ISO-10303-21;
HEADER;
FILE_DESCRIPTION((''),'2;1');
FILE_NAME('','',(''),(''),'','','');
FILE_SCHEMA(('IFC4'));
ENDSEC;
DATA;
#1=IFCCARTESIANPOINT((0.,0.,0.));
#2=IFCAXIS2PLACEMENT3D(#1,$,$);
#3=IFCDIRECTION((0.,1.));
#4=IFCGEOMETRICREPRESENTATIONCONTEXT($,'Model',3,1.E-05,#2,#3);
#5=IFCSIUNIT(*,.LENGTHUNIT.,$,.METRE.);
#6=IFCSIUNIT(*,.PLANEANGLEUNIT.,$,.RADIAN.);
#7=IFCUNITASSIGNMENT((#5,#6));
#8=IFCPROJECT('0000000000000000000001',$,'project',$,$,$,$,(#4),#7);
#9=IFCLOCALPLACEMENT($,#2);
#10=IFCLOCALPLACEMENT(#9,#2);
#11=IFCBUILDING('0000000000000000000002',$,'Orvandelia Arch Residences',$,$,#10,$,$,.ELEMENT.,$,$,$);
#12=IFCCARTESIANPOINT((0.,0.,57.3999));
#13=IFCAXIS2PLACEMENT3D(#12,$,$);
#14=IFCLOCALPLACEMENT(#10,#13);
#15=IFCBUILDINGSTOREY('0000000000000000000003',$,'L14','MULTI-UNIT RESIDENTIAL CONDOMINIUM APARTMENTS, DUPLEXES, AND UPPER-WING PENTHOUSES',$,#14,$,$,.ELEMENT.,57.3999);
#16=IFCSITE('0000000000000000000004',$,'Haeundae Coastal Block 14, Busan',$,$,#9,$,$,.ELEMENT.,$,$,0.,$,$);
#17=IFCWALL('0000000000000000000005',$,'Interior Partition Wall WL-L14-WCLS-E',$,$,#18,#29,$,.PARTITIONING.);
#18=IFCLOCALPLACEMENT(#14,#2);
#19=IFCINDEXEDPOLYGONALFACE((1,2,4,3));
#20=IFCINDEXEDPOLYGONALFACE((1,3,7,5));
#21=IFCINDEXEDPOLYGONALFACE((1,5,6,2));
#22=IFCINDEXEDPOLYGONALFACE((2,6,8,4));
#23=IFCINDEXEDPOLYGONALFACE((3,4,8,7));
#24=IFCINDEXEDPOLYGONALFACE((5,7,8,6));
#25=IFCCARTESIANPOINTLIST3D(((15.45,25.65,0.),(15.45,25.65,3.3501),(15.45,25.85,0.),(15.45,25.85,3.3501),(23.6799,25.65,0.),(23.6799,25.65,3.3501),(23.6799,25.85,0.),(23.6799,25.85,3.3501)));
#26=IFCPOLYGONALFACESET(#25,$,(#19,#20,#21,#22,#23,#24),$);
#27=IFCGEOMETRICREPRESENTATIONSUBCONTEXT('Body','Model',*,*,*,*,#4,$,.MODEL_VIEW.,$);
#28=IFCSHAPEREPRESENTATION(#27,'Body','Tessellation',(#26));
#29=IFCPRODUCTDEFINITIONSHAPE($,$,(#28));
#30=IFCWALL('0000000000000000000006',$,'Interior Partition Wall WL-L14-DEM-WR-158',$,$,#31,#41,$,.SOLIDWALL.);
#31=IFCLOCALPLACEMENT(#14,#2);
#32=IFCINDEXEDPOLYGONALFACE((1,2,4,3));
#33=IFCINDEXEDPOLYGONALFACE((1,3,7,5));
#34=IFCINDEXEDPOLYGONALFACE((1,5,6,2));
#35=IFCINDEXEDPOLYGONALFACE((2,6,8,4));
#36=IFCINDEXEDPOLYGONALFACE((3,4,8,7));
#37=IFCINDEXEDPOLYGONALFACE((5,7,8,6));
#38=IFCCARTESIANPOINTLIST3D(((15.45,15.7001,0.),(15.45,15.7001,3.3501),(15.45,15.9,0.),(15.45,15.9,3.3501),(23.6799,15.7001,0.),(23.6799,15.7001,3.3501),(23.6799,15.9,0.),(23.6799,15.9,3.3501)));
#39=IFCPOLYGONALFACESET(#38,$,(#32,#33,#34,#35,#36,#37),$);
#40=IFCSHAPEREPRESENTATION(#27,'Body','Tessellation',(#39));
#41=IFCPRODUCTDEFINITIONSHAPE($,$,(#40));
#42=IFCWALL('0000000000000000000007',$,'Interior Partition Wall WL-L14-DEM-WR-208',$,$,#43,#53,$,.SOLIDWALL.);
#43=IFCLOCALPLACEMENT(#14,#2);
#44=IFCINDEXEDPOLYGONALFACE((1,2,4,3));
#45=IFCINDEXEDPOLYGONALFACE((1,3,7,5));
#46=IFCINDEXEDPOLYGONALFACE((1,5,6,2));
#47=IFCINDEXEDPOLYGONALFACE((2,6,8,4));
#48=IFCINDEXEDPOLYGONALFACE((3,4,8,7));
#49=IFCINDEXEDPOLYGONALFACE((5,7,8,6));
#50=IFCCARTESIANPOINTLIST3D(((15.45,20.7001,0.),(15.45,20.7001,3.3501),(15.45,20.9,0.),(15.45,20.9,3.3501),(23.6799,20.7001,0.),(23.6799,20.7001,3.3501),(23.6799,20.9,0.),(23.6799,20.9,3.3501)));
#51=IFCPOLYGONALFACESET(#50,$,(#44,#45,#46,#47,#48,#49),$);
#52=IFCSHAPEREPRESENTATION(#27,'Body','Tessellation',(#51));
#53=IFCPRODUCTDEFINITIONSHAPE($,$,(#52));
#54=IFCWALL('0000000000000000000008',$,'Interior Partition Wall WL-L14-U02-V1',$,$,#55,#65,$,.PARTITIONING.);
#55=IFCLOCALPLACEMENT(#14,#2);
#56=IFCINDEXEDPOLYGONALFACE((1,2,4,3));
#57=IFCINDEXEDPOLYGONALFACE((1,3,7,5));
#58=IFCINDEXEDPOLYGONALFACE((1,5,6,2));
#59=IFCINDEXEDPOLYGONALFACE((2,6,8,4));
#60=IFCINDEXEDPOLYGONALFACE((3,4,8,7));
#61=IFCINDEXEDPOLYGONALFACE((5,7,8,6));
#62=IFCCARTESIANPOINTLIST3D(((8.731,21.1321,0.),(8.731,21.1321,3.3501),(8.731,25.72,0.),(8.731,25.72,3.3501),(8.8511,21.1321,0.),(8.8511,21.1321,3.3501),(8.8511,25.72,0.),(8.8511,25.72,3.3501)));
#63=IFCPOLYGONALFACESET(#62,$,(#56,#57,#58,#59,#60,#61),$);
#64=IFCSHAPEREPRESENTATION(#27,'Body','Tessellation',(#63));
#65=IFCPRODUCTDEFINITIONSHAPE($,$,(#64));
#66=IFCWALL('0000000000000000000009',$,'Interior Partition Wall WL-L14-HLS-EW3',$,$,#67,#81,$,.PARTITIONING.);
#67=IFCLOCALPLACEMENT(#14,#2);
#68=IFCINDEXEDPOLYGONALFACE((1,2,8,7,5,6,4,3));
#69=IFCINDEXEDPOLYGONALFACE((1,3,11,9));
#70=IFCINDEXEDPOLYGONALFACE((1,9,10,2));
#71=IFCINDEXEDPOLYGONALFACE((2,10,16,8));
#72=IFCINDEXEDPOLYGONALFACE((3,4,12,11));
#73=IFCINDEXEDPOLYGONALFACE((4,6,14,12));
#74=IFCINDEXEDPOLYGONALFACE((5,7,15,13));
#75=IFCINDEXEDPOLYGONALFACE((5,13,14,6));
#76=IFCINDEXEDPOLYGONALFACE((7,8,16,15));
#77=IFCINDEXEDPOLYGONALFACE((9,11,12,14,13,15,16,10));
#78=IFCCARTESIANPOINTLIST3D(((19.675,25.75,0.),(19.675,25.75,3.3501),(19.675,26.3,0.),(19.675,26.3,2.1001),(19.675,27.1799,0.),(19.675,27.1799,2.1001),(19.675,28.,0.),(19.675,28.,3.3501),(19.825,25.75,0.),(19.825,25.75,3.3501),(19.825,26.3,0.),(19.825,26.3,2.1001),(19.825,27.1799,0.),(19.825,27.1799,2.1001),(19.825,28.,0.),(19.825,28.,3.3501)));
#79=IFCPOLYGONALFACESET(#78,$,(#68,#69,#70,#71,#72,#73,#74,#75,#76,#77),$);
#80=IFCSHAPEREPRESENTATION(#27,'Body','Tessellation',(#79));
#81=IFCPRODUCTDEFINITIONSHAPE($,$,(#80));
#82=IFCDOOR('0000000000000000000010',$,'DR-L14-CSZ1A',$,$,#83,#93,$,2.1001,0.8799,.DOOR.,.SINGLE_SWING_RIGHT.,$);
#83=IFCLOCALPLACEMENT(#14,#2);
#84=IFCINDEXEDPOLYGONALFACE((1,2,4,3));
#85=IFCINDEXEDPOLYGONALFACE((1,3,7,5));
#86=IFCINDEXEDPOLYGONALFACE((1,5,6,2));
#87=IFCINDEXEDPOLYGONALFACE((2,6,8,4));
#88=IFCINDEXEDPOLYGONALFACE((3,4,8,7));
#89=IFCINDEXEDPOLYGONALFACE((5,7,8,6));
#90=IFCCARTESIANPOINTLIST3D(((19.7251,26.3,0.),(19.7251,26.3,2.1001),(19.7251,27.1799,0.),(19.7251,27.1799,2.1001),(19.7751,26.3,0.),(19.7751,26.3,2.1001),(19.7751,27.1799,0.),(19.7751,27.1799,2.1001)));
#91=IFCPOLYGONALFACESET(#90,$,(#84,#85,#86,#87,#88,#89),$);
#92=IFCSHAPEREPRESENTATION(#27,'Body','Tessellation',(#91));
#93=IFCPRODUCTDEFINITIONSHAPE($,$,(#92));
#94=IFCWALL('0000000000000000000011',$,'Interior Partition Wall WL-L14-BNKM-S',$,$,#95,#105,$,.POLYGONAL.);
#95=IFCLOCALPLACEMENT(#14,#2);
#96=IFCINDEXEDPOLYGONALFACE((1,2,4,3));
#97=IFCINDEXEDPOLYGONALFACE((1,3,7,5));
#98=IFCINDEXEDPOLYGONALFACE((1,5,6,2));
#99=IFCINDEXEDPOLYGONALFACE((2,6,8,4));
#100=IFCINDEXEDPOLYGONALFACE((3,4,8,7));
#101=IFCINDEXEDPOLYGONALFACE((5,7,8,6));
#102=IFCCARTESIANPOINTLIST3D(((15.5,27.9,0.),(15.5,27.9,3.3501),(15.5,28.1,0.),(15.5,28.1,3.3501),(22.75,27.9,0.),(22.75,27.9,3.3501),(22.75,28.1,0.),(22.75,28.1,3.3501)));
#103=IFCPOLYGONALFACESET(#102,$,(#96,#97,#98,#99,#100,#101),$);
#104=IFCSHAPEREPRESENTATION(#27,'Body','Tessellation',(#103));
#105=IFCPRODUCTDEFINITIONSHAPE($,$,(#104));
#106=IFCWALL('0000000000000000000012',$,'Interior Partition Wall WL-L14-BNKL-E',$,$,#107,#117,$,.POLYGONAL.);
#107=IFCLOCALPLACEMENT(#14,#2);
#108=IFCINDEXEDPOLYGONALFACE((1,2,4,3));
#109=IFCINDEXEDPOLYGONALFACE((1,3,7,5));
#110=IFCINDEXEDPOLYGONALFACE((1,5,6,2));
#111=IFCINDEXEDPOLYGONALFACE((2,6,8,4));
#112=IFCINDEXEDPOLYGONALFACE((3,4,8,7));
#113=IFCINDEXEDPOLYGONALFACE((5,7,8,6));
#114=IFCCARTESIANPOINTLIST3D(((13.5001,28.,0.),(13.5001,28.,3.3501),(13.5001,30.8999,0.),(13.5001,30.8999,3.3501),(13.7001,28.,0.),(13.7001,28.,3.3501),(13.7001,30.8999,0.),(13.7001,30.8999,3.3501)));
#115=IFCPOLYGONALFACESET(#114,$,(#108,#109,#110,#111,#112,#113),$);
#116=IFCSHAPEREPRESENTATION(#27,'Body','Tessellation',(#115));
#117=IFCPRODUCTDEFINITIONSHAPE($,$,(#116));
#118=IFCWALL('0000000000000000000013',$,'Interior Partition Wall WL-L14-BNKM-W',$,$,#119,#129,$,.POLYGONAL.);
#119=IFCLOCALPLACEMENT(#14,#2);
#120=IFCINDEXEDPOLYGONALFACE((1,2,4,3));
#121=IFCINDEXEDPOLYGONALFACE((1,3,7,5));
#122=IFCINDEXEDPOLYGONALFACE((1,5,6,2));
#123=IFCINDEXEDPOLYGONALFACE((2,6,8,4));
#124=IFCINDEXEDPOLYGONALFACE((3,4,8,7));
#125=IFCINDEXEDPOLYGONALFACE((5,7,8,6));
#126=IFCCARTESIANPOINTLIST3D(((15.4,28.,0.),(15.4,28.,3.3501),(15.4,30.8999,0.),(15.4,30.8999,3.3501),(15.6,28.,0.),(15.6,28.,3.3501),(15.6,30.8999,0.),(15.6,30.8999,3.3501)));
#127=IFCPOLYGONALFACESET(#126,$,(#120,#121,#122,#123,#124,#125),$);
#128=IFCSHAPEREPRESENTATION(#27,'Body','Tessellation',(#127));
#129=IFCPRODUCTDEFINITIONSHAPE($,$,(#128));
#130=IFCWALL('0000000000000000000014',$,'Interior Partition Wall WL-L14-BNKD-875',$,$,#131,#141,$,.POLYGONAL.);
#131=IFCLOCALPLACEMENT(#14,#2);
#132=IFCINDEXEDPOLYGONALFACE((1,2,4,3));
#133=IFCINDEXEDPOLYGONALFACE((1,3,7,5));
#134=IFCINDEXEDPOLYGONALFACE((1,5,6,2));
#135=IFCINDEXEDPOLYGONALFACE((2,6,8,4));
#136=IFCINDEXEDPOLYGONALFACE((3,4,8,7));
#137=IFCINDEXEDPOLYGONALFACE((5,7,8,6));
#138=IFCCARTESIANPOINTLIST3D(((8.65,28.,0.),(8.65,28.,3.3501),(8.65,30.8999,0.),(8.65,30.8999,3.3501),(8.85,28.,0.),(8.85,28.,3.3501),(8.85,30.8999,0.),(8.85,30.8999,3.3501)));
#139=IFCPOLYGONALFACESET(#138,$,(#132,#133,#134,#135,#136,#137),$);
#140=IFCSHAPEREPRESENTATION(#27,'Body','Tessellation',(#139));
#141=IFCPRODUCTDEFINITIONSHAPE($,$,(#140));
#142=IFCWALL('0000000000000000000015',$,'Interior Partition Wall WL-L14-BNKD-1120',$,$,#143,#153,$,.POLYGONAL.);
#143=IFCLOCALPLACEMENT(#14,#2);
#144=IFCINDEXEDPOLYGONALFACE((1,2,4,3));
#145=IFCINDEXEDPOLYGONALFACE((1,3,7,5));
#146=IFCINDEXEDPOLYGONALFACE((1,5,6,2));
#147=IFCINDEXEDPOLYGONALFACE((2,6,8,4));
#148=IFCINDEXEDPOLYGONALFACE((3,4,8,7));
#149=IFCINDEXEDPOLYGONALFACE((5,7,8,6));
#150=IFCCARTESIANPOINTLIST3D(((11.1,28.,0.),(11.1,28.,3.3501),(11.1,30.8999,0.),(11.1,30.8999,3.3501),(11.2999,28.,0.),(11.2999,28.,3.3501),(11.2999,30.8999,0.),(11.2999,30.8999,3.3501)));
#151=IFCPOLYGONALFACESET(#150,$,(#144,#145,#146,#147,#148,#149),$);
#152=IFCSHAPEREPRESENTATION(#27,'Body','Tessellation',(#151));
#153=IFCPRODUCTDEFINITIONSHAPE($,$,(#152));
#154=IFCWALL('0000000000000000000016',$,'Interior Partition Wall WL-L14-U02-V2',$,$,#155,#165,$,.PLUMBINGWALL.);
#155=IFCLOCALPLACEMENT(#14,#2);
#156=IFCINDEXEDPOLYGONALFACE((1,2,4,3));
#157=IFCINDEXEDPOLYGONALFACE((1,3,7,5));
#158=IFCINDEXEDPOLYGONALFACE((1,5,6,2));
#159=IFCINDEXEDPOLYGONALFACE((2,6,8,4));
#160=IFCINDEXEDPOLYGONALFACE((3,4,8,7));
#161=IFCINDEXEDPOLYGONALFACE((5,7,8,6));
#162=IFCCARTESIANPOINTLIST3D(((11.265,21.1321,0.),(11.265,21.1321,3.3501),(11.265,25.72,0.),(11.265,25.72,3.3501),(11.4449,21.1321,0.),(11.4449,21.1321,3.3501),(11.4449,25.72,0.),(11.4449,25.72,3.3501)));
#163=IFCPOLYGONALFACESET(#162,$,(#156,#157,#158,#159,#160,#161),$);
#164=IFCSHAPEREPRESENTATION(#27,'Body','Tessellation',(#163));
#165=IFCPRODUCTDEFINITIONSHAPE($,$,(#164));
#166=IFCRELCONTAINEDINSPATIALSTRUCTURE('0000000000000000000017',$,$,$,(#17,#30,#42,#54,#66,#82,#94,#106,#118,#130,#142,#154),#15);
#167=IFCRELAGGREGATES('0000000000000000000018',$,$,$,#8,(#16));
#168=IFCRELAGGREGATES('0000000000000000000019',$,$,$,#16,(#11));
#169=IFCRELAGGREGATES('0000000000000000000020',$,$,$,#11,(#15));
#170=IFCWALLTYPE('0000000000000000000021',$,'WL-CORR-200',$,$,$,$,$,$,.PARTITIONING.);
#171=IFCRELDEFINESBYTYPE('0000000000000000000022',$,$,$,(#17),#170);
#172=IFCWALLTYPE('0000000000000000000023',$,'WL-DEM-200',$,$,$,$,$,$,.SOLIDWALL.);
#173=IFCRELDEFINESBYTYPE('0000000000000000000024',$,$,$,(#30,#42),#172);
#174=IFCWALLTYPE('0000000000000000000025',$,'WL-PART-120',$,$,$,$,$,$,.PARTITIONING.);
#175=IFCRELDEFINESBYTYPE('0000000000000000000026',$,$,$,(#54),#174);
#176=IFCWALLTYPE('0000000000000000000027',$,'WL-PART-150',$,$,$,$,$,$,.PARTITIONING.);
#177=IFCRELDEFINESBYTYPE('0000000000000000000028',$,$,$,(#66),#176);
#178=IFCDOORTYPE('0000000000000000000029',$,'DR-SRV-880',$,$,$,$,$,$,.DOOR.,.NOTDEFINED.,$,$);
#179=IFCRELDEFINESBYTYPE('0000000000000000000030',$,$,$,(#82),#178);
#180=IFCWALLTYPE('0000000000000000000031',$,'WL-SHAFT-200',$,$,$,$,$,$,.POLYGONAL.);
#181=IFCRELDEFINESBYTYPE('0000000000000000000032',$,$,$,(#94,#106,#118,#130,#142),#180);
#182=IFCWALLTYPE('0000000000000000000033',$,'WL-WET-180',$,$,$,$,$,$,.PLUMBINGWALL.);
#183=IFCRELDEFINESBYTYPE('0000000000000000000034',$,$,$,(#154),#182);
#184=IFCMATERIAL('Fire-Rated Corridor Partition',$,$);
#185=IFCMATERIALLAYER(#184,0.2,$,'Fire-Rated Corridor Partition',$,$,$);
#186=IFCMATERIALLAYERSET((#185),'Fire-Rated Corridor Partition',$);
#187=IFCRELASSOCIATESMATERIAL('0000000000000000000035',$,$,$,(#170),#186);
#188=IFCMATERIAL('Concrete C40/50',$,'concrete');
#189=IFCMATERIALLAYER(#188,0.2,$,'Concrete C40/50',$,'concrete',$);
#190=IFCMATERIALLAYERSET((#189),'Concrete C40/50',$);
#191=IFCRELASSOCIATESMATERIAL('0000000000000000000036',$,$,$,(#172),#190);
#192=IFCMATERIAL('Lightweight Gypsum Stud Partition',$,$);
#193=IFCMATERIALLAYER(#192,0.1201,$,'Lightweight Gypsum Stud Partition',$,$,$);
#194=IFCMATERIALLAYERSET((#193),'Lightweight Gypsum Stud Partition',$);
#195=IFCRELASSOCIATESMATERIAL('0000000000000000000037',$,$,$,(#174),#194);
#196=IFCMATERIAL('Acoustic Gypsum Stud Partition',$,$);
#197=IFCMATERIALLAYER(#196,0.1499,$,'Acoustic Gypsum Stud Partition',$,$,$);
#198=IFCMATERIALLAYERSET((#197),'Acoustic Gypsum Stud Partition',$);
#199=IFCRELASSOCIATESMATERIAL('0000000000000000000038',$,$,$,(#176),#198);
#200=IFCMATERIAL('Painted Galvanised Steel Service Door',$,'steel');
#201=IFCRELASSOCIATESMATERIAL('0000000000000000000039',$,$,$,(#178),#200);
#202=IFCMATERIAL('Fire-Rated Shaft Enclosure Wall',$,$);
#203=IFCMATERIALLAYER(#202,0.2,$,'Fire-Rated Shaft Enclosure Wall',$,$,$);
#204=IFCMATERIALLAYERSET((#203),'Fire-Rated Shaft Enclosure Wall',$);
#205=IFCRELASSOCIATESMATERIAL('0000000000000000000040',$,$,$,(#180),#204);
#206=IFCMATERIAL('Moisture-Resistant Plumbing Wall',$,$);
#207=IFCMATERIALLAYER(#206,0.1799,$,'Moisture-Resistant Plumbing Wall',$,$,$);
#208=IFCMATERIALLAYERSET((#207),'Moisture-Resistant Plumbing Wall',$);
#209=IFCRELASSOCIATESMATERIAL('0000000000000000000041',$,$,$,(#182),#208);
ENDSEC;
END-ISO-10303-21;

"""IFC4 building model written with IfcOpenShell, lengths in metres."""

from ifc_helpers import new_model, si_unit, direction, frame, frame_2d, origin, place, context, subcontext, project, spatial, rectangle, extrude, material, layer, layer_set, type_object, element, fill, save


model = new_model("IFC4")

# Units and contexts
model_context = context("Model", 3, precision=1e-05, world=origin(), true_north=direction((0.0, 1.0)))
body_context = subcontext(model_context, "Body", "Model", "MODEL_VIEW")
ifc_project = project(units=[si_unit("LENGTHUNIT", "METRE"), si_unit("PLANEANGLEUNIT", "RADIAN")], contexts=[model_context])

# Site, building, storey
site_placement = place(None, origin())
site = spatial("IfcSite", under=ifc_project, at=site_placement, Name="Haeundae Coastal Block 14, Busan", CompositionType="ELEMENT", RefElevation=0.0)
building_placement = place(site_placement, origin())
building = spatial("IfcBuilding", under=site, at=building_placement, Name="Orvandelia Arch Residences", CompositionType="ELEMENT")
storey_placement = place(building_placement, frame((0.0, 0.0, 57.3999)))
storey = spatial("IfcBuildingStorey", under=building, at=storey_placement, Name="L14", Description="MULTI-UNIT RESIDENTIAL CONDOMINIUM APARTMENTS, DUPLEXES, AND UPPER-WING PENTHOUSES", CompositionType="ELEMENT", Elevation=57.3999)

# Walls
ifc_material_1 = material(Name="Fire-Rated Corridor Partition")
ifc_layer_1 = layer(ifc_material_1, 0.2, Name="Fire-Rated Corridor Partition")
ifc_layer_set_1 = layer_set([ifc_layer_1], Name="Fire-Rated Corridor Partition")
wall_type_1 = type_object("IfcWallType", Name="WL-CORR-200", PredefinedType="PARTITIONING", material=ifc_layer_set_1)
wall_1_placement = place(storey_placement, frame((15.45, 25.75, 0.0), z_axis=(0.0, 0.0, 1.0), x_axis=(1.0, 0.0, 0.0)))
element("IfcWall", 1, at=wall_1_placement, inside=storey, type_object=wall_type_1, Name="Interior Partition Wall WL-L14-WCLS-E", PredefinedType="PARTITIONING", context=body_context, shape_type="SweptSolid", body=[
    extrude(rectangle(XDim=8.23, YDim=0.2, at=frame_2d((4.115, 0.0))), origin(), (0.0, 0.0, 1.0), 3.3501),
])
ifc_material_2 = material(Name="Concrete C40/50", Category="concrete")
ifc_layer_2 = layer(ifc_material_2, 0.2, Name="Concrete C40/50", Category="concrete")
ifc_layer_set_2 = layer_set([ifc_layer_2], Name="Concrete C40/50")
wall_type_2 = type_object("IfcWallType", Name="WL-DEM-200", PredefinedType="SOLIDWALL", material=ifc_layer_set_2)
for number, where, z_axis, x_axis, name in (
    (2, (15.45, 15.8, 0.0), (0.0, 0.0, 1.0), (1.0, 0.0, 0.0), "Interior Partition Wall WL-L14-DEM-WR-158"),
    (3, (15.45, 20.8, 0.0), (0.0, 0.0, 1.0), (1.0, 0.0, 0.0), "Interior Partition Wall WL-L14-DEM-WR-208"),
):
    element("IfcWall", number, at=place(storey_placement, frame(where, z_axis=z_axis, x_axis=x_axis)), inside=storey, type_object=wall_type_2, Name=name, PredefinedType="SOLIDWALL", context=body_context, shape_type="SweptSolid", body=[
        extrude(rectangle(XDim=8.23, YDim=0.2, at=frame_2d((4.115, 0.0))), origin(), (0.0, 0.0, 1.0), 3.3501),
    ])
ifc_material_3 = material(Name="Lightweight Gypsum Stud Partition")
ifc_layer_3 = layer(ifc_material_3, 0.1201, Name="Lightweight Gypsum Stud Partition")
ifc_layer_set_3 = layer_set([ifc_layer_3], Name="Lightweight Gypsum Stud Partition")
wall_type_3 = type_object("IfcWallType", Name="WL-PART-120", PredefinedType="PARTITIONING", material=ifc_layer_set_3)
wall_2_placement = place(storey_placement, frame((8.791, 21.1321, 0.0), z_axis=(0.0, 0.0, 1.0), x_axis=(0.0, 1.0, 0.0)))
element("IfcWall", 4, at=wall_2_placement, inside=storey, type_object=wall_type_3, Name="Interior Partition Wall WL-L14-U02-V1", PredefinedType="PARTITIONING", context=body_context, shape_type="SweptSolid", body=[
    extrude(rectangle(XDim=4.5879, YDim=0.1201, at=frame_2d((2.2939, 0.0))), origin(), (0.0, 0.0, 1.0), 3.3501),
])

# Wall, opening, door
ifc_material_4 = material(Name="Acoustic Gypsum Stud Partition")
ifc_layer_4 = layer(ifc_material_4, 0.1499, Name="Acoustic Gypsum Stud Partition")
ifc_layer_set_4 = layer_set([ifc_layer_4], Name="Acoustic Gypsum Stud Partition")
wall_type_4 = type_object("IfcWallType", Name="WL-PART-150", PredefinedType="PARTITIONING", material=ifc_layer_set_4)
wall_3_placement = place(storey_placement, frame((19.75, 25.75, 0.0), z_axis=(0.0, 0.0, 1.0), x_axis=(0.0, 1.0, 0.0)))
wall_3 = element("IfcWall", 5, at=wall_3_placement, inside=storey, type_object=wall_type_4, Name="Interior Partition Wall WL-L14-HLS-EW3", PredefinedType="PARTITIONING", context=body_context, shape_type="SweptSolid", body=[
    extrude(rectangle(XDim=2.25, YDim=0.1499, at=frame_2d((1.125, 0.0))), origin(), (0.0, 0.0, 1.0), 3.3501),
])
opening_1_placement = place(wall_3_placement, frame((0.55, 0.0, 0.0)))
opening_1 = element("IfcOpeningElement", 6, at=opening_1_placement, cuts=wall_3, PredefinedType="OPENING", context=body_context, shape_type="SweptSolid", body=[
    extrude(rectangle(XDim=0.8799, YDim=2.1001, at=frame_2d((0.4399, 1.05))), frame((0.0, 0.085, 0.0), z_axis=(0.0, -1.0, 0.0), x_axis=(1.0, 0.0, 0.0)), (0.0, 0.0, 1.0), 0.1699),
])
ifc_material_5 = material(Name="Painted Galvanised Steel Service Door", Category="steel")
door_type_1 = type_object("IfcDoorType", Name="DR-SRV-880", OperationType="NOTDEFINED", PredefinedType="DOOR", material=ifc_material_5)
door_1_placement = place(opening_1_placement, origin())
door_1 = element("IfcDoor", 7, at=door_1_placement, inside=storey, type_object=door_type_1, Name="DR-L14-CSZ1A", OperationType="SINGLE_SWING_RIGHT", OverallHeight=2.1001, OverallWidth=0.8799, PredefinedType="DOOR", context=body_context, shape_type="SweptSolid", body=[
    extrude(rectangle(XDim=0.8799, YDim=2.1001, at=frame_2d((0.4399, 1.05))), frame((0.0, 0.0249, 0.0), z_axis=(0.0, -1.0, 0.0), x_axis=(1.0, 0.0, 0.0)), (0.0, 0.0, 1.0), 0.05),
])
fill(opening_1, door_1)

# Walls
ifc_material_6 = material(Name="Fire-Rated Shaft Enclosure Wall")
ifc_layer_5 = layer(ifc_material_6, 0.2, Name="Fire-Rated Shaft Enclosure Wall")
ifc_layer_set_5 = layer_set([ifc_layer_5], Name="Fire-Rated Shaft Enclosure Wall")
wall_type_5 = type_object("IfcWallType", Name="WL-SHAFT-200", PredefinedType="POLYGONAL", material=ifc_layer_set_5)
wall_4_placement = place(storey_placement, frame((15.5, 28.0, 0.0), z_axis=(0.0, 0.0, 1.0), x_axis=(1.0, 0.0, 0.0)))
element("IfcWall", 8, at=wall_4_placement, inside=storey, type_object=wall_type_5, Name="Interior Partition Wall WL-L14-BNKM-S", PredefinedType="POLYGONAL", context=body_context, shape_type="SweptSolid", body=[
    extrude(rectangle(XDim=7.25, YDim=0.2, at=frame_2d((3.625, 0.0))), origin(), (0.0, 0.0, 1.0), 3.3501),
])
for number, where, z_axis, x_axis, name in (
    (9, (13.6001, 28.0, 0.0), (0.0, 0.0, 1.0), (0.0, 1.0, 0.0), "Interior Partition Wall WL-L14-BNKL-E"),
    (10, (15.5, 28.0, 0.0), (0.0, 0.0, 1.0), (0.0, 1.0, 0.0), "Interior Partition Wall WL-L14-BNKM-W"),
    (11, (8.75, 28.0, 0.0), (0.0, 0.0, 1.0), (0.0, 1.0, 0.0), "Interior Partition Wall WL-L14-BNKD-875"),
    (12, (11.2, 28.0, 0.0), (0.0, 0.0, 1.0), (0.0, 1.0, 0.0), "Interior Partition Wall WL-L14-BNKD-1120"),
):
    element("IfcWall", number, at=place(storey_placement, frame(where, z_axis=z_axis, x_axis=x_axis)), inside=storey, type_object=wall_type_5, Name=name, PredefinedType="POLYGONAL", context=body_context, shape_type="SweptSolid", body=[
        extrude(rectangle(XDim=2.8999, YDim=0.2, at=frame_2d((1.45, 0.0))), origin(), (0.0, 0.0, 1.0), 3.3501),
    ])
ifc_material_7 = material(Name="Moisture-Resistant Plumbing Wall")
ifc_layer_6 = layer(ifc_material_7, 0.1799, Name="Moisture-Resistant Plumbing Wall")
ifc_layer_set_6 = layer_set([ifc_layer_6], Name="Moisture-Resistant Plumbing Wall")
wall_type_6 = type_object("IfcWallType", Name="WL-WET-180", PredefinedType="PLUMBINGWALL", material=ifc_layer_set_6)
wall_5_placement = place(storey_placement, frame((11.355, 21.1321, 0.0), z_axis=(0.0, 0.0, 1.0), x_axis=(0.0, 1.0, 0.0)))
element("IfcWall", 13, at=wall_5_placement, inside=storey, type_object=wall_type_6, Name="Interior Partition Wall WL-L14-U02-V2", PredefinedType="PLUMBINGWALL", context=body_context, shape_type="SweptSolid", body=[
    extrude(rectangle(XDim=4.5879, YDim=0.1799, at=frame_2d((2.2939, 0.0))), origin(), (0.0, 0.0, 1.0), 3.3501),
])

save(model, "model.ifc")
